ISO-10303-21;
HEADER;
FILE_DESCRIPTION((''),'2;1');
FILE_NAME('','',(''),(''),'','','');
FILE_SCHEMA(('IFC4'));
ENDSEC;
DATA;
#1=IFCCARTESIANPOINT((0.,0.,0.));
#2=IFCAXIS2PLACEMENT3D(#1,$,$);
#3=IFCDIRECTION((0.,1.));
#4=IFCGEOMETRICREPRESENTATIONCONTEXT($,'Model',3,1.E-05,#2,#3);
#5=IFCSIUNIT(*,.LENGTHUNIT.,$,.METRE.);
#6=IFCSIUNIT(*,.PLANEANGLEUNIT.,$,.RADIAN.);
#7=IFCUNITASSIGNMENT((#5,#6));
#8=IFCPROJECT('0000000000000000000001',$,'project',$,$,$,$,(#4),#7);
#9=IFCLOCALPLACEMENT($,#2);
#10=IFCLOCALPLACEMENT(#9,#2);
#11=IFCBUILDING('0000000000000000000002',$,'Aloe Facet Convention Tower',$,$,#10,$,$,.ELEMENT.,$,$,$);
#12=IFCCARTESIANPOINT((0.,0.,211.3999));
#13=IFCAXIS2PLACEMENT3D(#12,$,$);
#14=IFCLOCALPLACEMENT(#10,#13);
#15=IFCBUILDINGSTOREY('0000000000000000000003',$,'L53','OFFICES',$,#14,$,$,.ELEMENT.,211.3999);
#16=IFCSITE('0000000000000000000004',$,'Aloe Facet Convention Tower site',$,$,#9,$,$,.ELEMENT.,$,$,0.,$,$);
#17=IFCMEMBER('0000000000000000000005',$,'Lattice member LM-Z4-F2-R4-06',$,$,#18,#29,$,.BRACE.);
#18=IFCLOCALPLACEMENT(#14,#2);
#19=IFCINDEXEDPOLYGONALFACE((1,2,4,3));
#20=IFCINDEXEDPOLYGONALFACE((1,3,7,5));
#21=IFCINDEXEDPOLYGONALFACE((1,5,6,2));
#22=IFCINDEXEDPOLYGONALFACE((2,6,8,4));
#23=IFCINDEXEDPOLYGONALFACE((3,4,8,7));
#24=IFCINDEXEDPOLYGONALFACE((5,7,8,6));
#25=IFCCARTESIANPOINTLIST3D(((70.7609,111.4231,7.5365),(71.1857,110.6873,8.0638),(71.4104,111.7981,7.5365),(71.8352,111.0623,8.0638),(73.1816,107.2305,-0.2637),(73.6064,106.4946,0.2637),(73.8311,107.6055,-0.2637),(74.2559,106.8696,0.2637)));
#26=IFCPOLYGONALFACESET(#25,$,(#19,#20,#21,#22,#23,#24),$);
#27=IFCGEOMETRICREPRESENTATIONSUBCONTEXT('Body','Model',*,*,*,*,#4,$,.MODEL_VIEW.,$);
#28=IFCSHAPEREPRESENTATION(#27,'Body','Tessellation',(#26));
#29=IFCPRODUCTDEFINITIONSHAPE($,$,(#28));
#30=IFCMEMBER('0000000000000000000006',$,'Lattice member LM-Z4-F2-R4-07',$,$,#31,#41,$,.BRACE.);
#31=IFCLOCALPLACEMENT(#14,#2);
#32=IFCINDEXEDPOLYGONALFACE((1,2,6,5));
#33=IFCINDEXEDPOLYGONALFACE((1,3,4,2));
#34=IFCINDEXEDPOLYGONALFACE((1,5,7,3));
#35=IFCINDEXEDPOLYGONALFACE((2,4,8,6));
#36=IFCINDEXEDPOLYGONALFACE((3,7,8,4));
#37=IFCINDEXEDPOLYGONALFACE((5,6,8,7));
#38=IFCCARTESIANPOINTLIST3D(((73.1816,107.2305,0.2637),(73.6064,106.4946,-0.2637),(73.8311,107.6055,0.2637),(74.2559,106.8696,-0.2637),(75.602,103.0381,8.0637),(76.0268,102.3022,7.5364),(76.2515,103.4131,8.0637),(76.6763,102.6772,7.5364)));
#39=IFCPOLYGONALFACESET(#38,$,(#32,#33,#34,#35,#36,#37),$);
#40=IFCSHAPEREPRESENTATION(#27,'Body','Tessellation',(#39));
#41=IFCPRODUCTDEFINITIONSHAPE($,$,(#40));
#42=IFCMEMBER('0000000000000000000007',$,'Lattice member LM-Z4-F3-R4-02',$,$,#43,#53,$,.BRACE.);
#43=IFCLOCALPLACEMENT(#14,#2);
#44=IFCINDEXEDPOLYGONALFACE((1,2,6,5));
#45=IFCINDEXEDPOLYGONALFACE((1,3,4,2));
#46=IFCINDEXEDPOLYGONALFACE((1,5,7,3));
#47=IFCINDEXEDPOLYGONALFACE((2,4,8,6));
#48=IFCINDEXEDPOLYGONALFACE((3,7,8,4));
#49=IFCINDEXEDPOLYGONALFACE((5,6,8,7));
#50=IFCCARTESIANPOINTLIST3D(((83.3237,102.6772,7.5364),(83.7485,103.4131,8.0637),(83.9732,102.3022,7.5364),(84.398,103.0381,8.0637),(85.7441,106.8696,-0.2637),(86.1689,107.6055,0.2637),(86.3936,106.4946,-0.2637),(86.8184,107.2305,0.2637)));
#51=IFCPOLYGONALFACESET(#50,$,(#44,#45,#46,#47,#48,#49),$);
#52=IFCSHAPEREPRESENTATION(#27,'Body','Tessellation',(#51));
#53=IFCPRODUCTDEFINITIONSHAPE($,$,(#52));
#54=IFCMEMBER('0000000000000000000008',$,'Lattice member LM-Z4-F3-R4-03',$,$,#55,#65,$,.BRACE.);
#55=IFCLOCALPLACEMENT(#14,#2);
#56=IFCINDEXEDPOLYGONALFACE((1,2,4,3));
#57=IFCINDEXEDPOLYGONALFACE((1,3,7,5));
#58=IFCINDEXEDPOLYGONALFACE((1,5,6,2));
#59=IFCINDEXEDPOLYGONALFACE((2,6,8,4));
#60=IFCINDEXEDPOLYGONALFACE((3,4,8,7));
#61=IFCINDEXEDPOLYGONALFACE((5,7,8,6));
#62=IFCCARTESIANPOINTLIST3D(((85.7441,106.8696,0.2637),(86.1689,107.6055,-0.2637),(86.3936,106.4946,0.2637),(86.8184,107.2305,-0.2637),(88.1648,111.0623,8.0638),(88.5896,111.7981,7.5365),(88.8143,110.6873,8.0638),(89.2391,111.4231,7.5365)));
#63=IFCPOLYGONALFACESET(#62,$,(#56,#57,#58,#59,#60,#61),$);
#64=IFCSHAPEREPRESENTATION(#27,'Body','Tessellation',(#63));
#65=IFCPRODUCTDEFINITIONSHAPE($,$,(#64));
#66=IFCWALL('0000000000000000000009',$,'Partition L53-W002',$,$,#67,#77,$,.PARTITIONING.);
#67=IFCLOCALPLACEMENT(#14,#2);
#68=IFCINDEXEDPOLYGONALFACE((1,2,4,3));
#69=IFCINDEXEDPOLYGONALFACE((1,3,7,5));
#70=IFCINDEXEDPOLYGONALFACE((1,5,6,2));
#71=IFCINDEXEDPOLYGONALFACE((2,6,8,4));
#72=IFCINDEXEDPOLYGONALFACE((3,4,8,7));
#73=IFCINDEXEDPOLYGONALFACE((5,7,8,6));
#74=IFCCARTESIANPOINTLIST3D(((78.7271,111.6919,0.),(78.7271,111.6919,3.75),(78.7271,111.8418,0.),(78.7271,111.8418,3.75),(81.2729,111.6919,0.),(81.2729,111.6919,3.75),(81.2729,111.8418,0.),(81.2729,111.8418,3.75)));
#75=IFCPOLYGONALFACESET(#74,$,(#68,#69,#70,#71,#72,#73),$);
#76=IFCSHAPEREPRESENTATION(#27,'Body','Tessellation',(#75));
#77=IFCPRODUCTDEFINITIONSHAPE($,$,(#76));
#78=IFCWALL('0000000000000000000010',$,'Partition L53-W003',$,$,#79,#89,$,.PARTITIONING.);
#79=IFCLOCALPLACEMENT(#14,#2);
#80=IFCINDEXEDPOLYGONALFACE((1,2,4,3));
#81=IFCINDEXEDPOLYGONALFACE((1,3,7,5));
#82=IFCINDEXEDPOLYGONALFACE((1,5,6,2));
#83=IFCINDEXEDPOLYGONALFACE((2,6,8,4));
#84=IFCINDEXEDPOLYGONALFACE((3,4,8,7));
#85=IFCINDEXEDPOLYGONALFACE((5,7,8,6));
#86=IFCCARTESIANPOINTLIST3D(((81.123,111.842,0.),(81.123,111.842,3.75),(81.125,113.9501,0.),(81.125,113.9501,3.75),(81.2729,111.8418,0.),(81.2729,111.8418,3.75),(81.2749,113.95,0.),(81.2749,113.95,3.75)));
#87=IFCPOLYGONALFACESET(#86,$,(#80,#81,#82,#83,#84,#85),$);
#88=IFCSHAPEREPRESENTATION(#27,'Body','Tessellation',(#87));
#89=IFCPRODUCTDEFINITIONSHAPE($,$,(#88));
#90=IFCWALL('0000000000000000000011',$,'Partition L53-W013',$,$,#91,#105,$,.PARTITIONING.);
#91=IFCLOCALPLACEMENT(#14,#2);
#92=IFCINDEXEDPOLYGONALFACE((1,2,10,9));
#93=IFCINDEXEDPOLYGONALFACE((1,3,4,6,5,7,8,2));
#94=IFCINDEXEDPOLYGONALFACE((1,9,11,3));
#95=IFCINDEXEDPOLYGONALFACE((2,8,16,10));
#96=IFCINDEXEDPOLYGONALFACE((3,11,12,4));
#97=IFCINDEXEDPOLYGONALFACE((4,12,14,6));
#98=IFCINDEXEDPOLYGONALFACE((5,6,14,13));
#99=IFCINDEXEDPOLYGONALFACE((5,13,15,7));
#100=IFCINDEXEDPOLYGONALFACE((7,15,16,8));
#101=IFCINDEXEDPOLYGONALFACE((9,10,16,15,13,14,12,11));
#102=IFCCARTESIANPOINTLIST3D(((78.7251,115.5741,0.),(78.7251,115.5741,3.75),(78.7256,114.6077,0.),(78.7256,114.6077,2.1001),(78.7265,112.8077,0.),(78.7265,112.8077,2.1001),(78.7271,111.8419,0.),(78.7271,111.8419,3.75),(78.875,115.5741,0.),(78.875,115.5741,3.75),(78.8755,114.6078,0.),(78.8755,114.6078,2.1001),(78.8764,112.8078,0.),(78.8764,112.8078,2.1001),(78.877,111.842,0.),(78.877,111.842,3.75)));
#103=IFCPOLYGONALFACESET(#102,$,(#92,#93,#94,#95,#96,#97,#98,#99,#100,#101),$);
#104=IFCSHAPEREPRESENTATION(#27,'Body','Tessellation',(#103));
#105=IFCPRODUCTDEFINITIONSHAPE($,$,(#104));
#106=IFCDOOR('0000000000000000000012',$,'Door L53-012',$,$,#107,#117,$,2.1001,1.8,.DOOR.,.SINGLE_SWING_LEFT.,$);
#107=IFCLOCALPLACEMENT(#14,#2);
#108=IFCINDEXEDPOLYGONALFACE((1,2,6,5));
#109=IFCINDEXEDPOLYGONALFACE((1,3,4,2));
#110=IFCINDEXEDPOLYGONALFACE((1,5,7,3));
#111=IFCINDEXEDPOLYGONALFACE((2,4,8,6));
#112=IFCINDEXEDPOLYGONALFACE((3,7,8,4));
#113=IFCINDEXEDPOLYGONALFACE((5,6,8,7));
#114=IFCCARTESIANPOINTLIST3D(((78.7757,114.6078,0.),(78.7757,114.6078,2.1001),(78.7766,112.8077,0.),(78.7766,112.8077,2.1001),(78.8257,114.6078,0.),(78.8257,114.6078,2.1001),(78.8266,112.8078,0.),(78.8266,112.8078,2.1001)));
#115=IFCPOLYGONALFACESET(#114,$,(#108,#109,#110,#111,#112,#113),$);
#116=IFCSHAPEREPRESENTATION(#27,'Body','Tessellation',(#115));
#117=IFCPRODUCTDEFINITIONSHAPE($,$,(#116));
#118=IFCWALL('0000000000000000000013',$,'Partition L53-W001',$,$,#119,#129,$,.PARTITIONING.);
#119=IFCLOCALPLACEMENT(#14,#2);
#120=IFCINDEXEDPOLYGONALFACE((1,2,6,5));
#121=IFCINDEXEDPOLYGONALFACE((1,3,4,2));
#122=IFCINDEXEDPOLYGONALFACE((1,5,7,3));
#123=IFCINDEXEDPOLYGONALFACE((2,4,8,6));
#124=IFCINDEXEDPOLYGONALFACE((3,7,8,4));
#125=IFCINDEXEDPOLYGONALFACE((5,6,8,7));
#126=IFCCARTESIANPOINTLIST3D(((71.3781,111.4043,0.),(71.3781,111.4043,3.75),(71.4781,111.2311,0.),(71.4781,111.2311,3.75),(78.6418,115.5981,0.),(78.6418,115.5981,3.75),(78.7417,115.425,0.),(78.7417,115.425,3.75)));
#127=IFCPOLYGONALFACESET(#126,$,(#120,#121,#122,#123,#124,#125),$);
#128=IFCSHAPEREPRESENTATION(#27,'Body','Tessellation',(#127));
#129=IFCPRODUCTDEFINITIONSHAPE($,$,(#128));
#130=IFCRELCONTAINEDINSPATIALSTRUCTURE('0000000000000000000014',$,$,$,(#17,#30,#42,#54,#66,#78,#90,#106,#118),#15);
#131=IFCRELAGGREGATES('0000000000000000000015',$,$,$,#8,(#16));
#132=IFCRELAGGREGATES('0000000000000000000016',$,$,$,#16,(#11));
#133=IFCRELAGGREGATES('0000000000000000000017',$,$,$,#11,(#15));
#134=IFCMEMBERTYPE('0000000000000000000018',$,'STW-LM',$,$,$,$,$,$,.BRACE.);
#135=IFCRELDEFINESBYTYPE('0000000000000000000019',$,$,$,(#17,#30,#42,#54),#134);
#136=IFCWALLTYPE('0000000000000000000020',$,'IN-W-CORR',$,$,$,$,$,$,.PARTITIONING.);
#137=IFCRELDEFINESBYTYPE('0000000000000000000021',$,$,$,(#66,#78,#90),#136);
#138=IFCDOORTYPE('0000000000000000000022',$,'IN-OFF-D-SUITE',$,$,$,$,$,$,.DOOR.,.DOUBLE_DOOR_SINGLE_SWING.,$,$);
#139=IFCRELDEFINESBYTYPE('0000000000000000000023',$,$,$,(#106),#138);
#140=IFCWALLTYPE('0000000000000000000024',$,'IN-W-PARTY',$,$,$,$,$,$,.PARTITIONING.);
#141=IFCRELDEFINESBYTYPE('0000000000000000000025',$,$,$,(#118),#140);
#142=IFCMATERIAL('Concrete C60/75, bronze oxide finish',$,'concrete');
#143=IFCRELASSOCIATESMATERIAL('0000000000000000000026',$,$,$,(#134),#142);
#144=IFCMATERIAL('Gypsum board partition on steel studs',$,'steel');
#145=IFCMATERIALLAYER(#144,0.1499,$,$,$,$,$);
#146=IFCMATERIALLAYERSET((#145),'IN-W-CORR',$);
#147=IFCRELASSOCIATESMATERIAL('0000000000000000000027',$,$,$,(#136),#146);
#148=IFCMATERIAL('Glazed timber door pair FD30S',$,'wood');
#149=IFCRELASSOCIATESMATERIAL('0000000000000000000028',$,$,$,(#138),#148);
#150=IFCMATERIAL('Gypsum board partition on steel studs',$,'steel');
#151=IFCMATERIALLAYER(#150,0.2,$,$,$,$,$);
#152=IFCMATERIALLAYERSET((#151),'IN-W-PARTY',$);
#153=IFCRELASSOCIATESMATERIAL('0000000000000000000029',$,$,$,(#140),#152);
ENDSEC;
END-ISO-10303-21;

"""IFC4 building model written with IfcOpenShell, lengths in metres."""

from ifc_helpers import new_model, si_unit, direction, frame, frame_2d, origin, origin_2d, place, context, subcontext, project, spatial, rectangle, extrude, material, layer, layer_set, material_profile, profile_set, type_object, element, fill, save


model = new_model("IFC4")

# Units and contexts
model_context = context("Model", 3, precision=1e-05, world=origin(), true_north=direction((0.0, 1.0)))
body_context = subcontext(model_context, "Body", "Model", "MODEL_VIEW")
ifc_project = project(units=[si_unit("LENGTHUNIT", "METRE"), si_unit("PLANEANGLEUNIT", "RADIAN")], contexts=[model_context])

# Site, building, storey
site_placement = place(None, origin())
site = spatial("IfcSite", under=ifc_project, at=site_placement, Name="Aloe Facet Convention Tower site", CompositionType="ELEMENT", RefElevation=0.0)
building_placement = place(site_placement, origin())
building = spatial("IfcBuilding", under=site, at=building_placement, Name="Aloe Facet Convention Tower", CompositionType="ELEMENT")
storey_placement = place(building_placement, frame((0.0, 0.0, 211.3999)))
storey = spatial("IfcBuildingStorey", under=building, at=storey_placement, Name="L53", Description="OFFICES", CompositionType="ELEMENT", Elevation=211.3999)

# Members
ifc_material_1 = material(Name="Concrete C60/75, bronze oxide finish", Category="concrete")
ifc_material_profile_1 = material_profile(ifc_material_1, rectangle(XDim=0.75, YDim=1.0, at=origin_2d()), Name="STW-LM")
ifc_profile_set_1 = profile_set([ifc_material_profile_1], Name="Concrete C60/75, bronze oxide finish")
member_type = type_object("IfcMemberType", Name="STW-LM", PredefinedType="BRACE", material=ifc_profile_set_1)
member_1_placement = place(storey_placement, frame((73.7188, 107.05, 0.0), z_axis=(-0.263678, 0.456697, 0.849648), x_axis=(-0.866022, -0.500006, 0.0)))
element("IfcMember", 1, at=member_1_placement, inside=storey, type_object=member_type, Name="Lattice member LM-Z4-F2-R4-06", PredefinedType="BRACE", context=body_context, shape_type="SweptSolid", body=[
    extrude(rectangle(XDim=0.75, YDim=1.0, at=origin_2d()), origin(), (0.0, 0.0, 1.0), 9.1804),
])
for number, where, z_axis, x_axis, name in (
    (2, (73.7188, 107.05, 0.0), (0.263657, -0.456679, 0.849664), (0.866031, 0.49999, 0.0), "Lattice member LM-Z4-F2-R4-07"),
    (3, (86.2812, 107.05, 0.0), (-0.263657, -0.456679, 0.849664), (0.866031, -0.49999, 0.0), "Lattice member LM-Z4-F3-R4-02"),
):
    element("IfcMember", number, at=place(storey_placement, frame(where, z_axis=z_axis, x_axis=x_axis)), inside=storey, type_object=member_type, Name=name, PredefinedType="BRACE", context=body_context, shape_type="SweptSolid", body=[
        extrude(rectangle(XDim=0.75, YDim=1.0, at=origin_2d()), origin(), (0.0, 0.0, 1.0), 9.1802),
    ])
member_2_placement = place(storey_placement, frame((86.2812, 107.05, 0.0), z_axis=(0.263678, 0.456697, 0.849648), x_axis=(-0.866022, 0.500006, 0.0)))
element("IfcMember", 4, at=member_2_placement, inside=storey, type_object=member_type, Name="Lattice member LM-Z4-F3-R4-03", PredefinedType="BRACE", context=body_context, shape_type="SweptSolid", body=[
    extrude(rectangle(XDim=0.75, YDim=1.0, at=origin_2d()), origin(), (0.0, 0.0, 1.0), 9.1804),
])

# Walls
ifc_material_2 = material(Name="Gypsum board partition on steel studs", Category="steel")
ifc_layer_1 = layer(ifc_material_2, 0.1499)
ifc_layer_set_1 = layer_set([ifc_layer_1], Name="IN-W-CORR")
wall_type_1 = type_object("IfcWallType", Name="IN-W-CORR", PredefinedType="PARTITIONING", material=ifc_layer_set_1)
wall_1_placement = place(storey_placement, frame((78.7271, 111.7668, 0.0), z_axis=(0.0, 0.0, 1.0), x_axis=(1.0, 0.0, 0.0)))
element("IfcWall", 5, at=wall_1_placement, inside=storey, type_object=wall_type_1, Name="Partition L53-W002", PredefinedType="PARTITIONING", context=body_context, shape_type="SweptSolid", body=[
    extrude(rectangle(XDim=2.5459, YDim=0.1499, at=frame_2d((1.2729, 0.0))), origin(), (0.0, 0.0, 1.0), 3.75),
])
wall_2_placement = place(storey_placement, frame((81.198, 111.8418, 0.0), z_axis=(0.0, 0.0, 1.0), x_axis=(0.000926, 1.0, 0.0)))
element("IfcWall", 6, at=wall_2_placement, inside=storey, type_object=wall_type_1, Name="Partition L53-W003", PredefinedType="PARTITIONING", context=body_context, shape_type="SweptSolid", body=[
    extrude(rectangle(XDim=2.1082, YDim=0.1499, at=frame_2d((1.0542, 0.0))), origin(), (0.0, 0.0, 1.0), 3.75),
])

# Wall, opening, door
wall_3_placement = place(storey_placement, frame((78.802, 111.8418, 0.0), z_axis=(0.0, 0.0, 1.0), x_axis=(-0.000523, 1.0, 0.0)))
wall_3 = element("IfcWall", 7, at=wall_3_placement, inside=storey, type_object=wall_type_1, Name="Partition L53-W013", PredefinedType="PARTITIONING", context=body_context, shape_type="SweptSolid", body=[
    extrude(rectangle(XDim=3.7322, YDim=0.1499, at=frame_2d((1.8662, 0.0))), origin(), (0.0, 0.0, 1.0), 3.75),
])
opening_placement = place(wall_3_placement, frame((0.9661, 0.0, 0.0)))
opening = element("IfcOpeningElement", 8, at=opening_placement, cuts=wall_3, PredefinedType="OPENING", context=body_context, shape_type="SweptSolid", body=[
    extrude(rectangle(XDim=1.8, YDim=2.1001, at=frame_2d((0.8999, 1.05))), frame((0.0, 0.085, 0.0), z_axis=(0.0, -1.0, 0.0), x_axis=(1.0, 0.0, 0.0)), (0.0, 0.0, 1.0), 0.1699),
])
ifc_material_3 = material(Name="Glazed timber door pair FD30S", Category="wood")
door_type = type_object("IfcDoorType", Name="IN-OFF-D-SUITE", OperationType="DOUBLE_DOOR_SINGLE_SWING", PredefinedType="DOOR", material=ifc_material_3)
door_placement = place(opening_placement, origin())
door = element("IfcDoor", 9, at=door_placement, inside=storey, type_object=door_type, Name="Door L53-012", OperationType="SINGLE_SWING_LEFT", OverallHeight=2.1001, OverallWidth=1.8, PredefinedType="DOOR", context=body_context, shape_type="SweptSolid", body=[
    extrude(rectangle(XDim=1.8, YDim=2.1001, at=frame_2d((0.8999, 1.05))), frame((0.0, 0.0249, 0.0), z_axis=(0.0, -1.0, 0.0), x_axis=(1.0, 0.0, 0.0)), (0.0, 0.0, 1.0), 0.05),
])
fill(opening, door)

# Wall
ifc_material_4 = material(Name="Gypsum board partition on steel studs", Category="steel")
ifc_layer_2 = layer(ifc_material_4, 0.2)
ifc_layer_set_2 = layer_set([ifc_layer_2], Name="IN-W-PARTY")
wall_type_2 = type_object("IfcWallType", Name="IN-W-PARTY", PredefinedType="PARTITIONING", material=ifc_layer_set_2)
wall_4_placement = place(storey_placement, frame((71.428, 111.3176, 0.0), z_axis=(0.0, 0.0, 1.0), x_axis=(0.866017, 0.500015, 0.0)))
element("IfcWall", 10, at=wall_4_placement, inside=storey, type_object=wall_type_2, Name="Partition L53-W001", PredefinedType="PARTITIONING", context=body_context, shape_type="SweptSolid", body=[
    extrude(rectangle(XDim=8.3875, YDim=0.2, at=frame_2d((4.1938, 0.0))), origin(), (0.0, 0.0, 1.0), 3.75),
])

save(model, "model.ifc")
